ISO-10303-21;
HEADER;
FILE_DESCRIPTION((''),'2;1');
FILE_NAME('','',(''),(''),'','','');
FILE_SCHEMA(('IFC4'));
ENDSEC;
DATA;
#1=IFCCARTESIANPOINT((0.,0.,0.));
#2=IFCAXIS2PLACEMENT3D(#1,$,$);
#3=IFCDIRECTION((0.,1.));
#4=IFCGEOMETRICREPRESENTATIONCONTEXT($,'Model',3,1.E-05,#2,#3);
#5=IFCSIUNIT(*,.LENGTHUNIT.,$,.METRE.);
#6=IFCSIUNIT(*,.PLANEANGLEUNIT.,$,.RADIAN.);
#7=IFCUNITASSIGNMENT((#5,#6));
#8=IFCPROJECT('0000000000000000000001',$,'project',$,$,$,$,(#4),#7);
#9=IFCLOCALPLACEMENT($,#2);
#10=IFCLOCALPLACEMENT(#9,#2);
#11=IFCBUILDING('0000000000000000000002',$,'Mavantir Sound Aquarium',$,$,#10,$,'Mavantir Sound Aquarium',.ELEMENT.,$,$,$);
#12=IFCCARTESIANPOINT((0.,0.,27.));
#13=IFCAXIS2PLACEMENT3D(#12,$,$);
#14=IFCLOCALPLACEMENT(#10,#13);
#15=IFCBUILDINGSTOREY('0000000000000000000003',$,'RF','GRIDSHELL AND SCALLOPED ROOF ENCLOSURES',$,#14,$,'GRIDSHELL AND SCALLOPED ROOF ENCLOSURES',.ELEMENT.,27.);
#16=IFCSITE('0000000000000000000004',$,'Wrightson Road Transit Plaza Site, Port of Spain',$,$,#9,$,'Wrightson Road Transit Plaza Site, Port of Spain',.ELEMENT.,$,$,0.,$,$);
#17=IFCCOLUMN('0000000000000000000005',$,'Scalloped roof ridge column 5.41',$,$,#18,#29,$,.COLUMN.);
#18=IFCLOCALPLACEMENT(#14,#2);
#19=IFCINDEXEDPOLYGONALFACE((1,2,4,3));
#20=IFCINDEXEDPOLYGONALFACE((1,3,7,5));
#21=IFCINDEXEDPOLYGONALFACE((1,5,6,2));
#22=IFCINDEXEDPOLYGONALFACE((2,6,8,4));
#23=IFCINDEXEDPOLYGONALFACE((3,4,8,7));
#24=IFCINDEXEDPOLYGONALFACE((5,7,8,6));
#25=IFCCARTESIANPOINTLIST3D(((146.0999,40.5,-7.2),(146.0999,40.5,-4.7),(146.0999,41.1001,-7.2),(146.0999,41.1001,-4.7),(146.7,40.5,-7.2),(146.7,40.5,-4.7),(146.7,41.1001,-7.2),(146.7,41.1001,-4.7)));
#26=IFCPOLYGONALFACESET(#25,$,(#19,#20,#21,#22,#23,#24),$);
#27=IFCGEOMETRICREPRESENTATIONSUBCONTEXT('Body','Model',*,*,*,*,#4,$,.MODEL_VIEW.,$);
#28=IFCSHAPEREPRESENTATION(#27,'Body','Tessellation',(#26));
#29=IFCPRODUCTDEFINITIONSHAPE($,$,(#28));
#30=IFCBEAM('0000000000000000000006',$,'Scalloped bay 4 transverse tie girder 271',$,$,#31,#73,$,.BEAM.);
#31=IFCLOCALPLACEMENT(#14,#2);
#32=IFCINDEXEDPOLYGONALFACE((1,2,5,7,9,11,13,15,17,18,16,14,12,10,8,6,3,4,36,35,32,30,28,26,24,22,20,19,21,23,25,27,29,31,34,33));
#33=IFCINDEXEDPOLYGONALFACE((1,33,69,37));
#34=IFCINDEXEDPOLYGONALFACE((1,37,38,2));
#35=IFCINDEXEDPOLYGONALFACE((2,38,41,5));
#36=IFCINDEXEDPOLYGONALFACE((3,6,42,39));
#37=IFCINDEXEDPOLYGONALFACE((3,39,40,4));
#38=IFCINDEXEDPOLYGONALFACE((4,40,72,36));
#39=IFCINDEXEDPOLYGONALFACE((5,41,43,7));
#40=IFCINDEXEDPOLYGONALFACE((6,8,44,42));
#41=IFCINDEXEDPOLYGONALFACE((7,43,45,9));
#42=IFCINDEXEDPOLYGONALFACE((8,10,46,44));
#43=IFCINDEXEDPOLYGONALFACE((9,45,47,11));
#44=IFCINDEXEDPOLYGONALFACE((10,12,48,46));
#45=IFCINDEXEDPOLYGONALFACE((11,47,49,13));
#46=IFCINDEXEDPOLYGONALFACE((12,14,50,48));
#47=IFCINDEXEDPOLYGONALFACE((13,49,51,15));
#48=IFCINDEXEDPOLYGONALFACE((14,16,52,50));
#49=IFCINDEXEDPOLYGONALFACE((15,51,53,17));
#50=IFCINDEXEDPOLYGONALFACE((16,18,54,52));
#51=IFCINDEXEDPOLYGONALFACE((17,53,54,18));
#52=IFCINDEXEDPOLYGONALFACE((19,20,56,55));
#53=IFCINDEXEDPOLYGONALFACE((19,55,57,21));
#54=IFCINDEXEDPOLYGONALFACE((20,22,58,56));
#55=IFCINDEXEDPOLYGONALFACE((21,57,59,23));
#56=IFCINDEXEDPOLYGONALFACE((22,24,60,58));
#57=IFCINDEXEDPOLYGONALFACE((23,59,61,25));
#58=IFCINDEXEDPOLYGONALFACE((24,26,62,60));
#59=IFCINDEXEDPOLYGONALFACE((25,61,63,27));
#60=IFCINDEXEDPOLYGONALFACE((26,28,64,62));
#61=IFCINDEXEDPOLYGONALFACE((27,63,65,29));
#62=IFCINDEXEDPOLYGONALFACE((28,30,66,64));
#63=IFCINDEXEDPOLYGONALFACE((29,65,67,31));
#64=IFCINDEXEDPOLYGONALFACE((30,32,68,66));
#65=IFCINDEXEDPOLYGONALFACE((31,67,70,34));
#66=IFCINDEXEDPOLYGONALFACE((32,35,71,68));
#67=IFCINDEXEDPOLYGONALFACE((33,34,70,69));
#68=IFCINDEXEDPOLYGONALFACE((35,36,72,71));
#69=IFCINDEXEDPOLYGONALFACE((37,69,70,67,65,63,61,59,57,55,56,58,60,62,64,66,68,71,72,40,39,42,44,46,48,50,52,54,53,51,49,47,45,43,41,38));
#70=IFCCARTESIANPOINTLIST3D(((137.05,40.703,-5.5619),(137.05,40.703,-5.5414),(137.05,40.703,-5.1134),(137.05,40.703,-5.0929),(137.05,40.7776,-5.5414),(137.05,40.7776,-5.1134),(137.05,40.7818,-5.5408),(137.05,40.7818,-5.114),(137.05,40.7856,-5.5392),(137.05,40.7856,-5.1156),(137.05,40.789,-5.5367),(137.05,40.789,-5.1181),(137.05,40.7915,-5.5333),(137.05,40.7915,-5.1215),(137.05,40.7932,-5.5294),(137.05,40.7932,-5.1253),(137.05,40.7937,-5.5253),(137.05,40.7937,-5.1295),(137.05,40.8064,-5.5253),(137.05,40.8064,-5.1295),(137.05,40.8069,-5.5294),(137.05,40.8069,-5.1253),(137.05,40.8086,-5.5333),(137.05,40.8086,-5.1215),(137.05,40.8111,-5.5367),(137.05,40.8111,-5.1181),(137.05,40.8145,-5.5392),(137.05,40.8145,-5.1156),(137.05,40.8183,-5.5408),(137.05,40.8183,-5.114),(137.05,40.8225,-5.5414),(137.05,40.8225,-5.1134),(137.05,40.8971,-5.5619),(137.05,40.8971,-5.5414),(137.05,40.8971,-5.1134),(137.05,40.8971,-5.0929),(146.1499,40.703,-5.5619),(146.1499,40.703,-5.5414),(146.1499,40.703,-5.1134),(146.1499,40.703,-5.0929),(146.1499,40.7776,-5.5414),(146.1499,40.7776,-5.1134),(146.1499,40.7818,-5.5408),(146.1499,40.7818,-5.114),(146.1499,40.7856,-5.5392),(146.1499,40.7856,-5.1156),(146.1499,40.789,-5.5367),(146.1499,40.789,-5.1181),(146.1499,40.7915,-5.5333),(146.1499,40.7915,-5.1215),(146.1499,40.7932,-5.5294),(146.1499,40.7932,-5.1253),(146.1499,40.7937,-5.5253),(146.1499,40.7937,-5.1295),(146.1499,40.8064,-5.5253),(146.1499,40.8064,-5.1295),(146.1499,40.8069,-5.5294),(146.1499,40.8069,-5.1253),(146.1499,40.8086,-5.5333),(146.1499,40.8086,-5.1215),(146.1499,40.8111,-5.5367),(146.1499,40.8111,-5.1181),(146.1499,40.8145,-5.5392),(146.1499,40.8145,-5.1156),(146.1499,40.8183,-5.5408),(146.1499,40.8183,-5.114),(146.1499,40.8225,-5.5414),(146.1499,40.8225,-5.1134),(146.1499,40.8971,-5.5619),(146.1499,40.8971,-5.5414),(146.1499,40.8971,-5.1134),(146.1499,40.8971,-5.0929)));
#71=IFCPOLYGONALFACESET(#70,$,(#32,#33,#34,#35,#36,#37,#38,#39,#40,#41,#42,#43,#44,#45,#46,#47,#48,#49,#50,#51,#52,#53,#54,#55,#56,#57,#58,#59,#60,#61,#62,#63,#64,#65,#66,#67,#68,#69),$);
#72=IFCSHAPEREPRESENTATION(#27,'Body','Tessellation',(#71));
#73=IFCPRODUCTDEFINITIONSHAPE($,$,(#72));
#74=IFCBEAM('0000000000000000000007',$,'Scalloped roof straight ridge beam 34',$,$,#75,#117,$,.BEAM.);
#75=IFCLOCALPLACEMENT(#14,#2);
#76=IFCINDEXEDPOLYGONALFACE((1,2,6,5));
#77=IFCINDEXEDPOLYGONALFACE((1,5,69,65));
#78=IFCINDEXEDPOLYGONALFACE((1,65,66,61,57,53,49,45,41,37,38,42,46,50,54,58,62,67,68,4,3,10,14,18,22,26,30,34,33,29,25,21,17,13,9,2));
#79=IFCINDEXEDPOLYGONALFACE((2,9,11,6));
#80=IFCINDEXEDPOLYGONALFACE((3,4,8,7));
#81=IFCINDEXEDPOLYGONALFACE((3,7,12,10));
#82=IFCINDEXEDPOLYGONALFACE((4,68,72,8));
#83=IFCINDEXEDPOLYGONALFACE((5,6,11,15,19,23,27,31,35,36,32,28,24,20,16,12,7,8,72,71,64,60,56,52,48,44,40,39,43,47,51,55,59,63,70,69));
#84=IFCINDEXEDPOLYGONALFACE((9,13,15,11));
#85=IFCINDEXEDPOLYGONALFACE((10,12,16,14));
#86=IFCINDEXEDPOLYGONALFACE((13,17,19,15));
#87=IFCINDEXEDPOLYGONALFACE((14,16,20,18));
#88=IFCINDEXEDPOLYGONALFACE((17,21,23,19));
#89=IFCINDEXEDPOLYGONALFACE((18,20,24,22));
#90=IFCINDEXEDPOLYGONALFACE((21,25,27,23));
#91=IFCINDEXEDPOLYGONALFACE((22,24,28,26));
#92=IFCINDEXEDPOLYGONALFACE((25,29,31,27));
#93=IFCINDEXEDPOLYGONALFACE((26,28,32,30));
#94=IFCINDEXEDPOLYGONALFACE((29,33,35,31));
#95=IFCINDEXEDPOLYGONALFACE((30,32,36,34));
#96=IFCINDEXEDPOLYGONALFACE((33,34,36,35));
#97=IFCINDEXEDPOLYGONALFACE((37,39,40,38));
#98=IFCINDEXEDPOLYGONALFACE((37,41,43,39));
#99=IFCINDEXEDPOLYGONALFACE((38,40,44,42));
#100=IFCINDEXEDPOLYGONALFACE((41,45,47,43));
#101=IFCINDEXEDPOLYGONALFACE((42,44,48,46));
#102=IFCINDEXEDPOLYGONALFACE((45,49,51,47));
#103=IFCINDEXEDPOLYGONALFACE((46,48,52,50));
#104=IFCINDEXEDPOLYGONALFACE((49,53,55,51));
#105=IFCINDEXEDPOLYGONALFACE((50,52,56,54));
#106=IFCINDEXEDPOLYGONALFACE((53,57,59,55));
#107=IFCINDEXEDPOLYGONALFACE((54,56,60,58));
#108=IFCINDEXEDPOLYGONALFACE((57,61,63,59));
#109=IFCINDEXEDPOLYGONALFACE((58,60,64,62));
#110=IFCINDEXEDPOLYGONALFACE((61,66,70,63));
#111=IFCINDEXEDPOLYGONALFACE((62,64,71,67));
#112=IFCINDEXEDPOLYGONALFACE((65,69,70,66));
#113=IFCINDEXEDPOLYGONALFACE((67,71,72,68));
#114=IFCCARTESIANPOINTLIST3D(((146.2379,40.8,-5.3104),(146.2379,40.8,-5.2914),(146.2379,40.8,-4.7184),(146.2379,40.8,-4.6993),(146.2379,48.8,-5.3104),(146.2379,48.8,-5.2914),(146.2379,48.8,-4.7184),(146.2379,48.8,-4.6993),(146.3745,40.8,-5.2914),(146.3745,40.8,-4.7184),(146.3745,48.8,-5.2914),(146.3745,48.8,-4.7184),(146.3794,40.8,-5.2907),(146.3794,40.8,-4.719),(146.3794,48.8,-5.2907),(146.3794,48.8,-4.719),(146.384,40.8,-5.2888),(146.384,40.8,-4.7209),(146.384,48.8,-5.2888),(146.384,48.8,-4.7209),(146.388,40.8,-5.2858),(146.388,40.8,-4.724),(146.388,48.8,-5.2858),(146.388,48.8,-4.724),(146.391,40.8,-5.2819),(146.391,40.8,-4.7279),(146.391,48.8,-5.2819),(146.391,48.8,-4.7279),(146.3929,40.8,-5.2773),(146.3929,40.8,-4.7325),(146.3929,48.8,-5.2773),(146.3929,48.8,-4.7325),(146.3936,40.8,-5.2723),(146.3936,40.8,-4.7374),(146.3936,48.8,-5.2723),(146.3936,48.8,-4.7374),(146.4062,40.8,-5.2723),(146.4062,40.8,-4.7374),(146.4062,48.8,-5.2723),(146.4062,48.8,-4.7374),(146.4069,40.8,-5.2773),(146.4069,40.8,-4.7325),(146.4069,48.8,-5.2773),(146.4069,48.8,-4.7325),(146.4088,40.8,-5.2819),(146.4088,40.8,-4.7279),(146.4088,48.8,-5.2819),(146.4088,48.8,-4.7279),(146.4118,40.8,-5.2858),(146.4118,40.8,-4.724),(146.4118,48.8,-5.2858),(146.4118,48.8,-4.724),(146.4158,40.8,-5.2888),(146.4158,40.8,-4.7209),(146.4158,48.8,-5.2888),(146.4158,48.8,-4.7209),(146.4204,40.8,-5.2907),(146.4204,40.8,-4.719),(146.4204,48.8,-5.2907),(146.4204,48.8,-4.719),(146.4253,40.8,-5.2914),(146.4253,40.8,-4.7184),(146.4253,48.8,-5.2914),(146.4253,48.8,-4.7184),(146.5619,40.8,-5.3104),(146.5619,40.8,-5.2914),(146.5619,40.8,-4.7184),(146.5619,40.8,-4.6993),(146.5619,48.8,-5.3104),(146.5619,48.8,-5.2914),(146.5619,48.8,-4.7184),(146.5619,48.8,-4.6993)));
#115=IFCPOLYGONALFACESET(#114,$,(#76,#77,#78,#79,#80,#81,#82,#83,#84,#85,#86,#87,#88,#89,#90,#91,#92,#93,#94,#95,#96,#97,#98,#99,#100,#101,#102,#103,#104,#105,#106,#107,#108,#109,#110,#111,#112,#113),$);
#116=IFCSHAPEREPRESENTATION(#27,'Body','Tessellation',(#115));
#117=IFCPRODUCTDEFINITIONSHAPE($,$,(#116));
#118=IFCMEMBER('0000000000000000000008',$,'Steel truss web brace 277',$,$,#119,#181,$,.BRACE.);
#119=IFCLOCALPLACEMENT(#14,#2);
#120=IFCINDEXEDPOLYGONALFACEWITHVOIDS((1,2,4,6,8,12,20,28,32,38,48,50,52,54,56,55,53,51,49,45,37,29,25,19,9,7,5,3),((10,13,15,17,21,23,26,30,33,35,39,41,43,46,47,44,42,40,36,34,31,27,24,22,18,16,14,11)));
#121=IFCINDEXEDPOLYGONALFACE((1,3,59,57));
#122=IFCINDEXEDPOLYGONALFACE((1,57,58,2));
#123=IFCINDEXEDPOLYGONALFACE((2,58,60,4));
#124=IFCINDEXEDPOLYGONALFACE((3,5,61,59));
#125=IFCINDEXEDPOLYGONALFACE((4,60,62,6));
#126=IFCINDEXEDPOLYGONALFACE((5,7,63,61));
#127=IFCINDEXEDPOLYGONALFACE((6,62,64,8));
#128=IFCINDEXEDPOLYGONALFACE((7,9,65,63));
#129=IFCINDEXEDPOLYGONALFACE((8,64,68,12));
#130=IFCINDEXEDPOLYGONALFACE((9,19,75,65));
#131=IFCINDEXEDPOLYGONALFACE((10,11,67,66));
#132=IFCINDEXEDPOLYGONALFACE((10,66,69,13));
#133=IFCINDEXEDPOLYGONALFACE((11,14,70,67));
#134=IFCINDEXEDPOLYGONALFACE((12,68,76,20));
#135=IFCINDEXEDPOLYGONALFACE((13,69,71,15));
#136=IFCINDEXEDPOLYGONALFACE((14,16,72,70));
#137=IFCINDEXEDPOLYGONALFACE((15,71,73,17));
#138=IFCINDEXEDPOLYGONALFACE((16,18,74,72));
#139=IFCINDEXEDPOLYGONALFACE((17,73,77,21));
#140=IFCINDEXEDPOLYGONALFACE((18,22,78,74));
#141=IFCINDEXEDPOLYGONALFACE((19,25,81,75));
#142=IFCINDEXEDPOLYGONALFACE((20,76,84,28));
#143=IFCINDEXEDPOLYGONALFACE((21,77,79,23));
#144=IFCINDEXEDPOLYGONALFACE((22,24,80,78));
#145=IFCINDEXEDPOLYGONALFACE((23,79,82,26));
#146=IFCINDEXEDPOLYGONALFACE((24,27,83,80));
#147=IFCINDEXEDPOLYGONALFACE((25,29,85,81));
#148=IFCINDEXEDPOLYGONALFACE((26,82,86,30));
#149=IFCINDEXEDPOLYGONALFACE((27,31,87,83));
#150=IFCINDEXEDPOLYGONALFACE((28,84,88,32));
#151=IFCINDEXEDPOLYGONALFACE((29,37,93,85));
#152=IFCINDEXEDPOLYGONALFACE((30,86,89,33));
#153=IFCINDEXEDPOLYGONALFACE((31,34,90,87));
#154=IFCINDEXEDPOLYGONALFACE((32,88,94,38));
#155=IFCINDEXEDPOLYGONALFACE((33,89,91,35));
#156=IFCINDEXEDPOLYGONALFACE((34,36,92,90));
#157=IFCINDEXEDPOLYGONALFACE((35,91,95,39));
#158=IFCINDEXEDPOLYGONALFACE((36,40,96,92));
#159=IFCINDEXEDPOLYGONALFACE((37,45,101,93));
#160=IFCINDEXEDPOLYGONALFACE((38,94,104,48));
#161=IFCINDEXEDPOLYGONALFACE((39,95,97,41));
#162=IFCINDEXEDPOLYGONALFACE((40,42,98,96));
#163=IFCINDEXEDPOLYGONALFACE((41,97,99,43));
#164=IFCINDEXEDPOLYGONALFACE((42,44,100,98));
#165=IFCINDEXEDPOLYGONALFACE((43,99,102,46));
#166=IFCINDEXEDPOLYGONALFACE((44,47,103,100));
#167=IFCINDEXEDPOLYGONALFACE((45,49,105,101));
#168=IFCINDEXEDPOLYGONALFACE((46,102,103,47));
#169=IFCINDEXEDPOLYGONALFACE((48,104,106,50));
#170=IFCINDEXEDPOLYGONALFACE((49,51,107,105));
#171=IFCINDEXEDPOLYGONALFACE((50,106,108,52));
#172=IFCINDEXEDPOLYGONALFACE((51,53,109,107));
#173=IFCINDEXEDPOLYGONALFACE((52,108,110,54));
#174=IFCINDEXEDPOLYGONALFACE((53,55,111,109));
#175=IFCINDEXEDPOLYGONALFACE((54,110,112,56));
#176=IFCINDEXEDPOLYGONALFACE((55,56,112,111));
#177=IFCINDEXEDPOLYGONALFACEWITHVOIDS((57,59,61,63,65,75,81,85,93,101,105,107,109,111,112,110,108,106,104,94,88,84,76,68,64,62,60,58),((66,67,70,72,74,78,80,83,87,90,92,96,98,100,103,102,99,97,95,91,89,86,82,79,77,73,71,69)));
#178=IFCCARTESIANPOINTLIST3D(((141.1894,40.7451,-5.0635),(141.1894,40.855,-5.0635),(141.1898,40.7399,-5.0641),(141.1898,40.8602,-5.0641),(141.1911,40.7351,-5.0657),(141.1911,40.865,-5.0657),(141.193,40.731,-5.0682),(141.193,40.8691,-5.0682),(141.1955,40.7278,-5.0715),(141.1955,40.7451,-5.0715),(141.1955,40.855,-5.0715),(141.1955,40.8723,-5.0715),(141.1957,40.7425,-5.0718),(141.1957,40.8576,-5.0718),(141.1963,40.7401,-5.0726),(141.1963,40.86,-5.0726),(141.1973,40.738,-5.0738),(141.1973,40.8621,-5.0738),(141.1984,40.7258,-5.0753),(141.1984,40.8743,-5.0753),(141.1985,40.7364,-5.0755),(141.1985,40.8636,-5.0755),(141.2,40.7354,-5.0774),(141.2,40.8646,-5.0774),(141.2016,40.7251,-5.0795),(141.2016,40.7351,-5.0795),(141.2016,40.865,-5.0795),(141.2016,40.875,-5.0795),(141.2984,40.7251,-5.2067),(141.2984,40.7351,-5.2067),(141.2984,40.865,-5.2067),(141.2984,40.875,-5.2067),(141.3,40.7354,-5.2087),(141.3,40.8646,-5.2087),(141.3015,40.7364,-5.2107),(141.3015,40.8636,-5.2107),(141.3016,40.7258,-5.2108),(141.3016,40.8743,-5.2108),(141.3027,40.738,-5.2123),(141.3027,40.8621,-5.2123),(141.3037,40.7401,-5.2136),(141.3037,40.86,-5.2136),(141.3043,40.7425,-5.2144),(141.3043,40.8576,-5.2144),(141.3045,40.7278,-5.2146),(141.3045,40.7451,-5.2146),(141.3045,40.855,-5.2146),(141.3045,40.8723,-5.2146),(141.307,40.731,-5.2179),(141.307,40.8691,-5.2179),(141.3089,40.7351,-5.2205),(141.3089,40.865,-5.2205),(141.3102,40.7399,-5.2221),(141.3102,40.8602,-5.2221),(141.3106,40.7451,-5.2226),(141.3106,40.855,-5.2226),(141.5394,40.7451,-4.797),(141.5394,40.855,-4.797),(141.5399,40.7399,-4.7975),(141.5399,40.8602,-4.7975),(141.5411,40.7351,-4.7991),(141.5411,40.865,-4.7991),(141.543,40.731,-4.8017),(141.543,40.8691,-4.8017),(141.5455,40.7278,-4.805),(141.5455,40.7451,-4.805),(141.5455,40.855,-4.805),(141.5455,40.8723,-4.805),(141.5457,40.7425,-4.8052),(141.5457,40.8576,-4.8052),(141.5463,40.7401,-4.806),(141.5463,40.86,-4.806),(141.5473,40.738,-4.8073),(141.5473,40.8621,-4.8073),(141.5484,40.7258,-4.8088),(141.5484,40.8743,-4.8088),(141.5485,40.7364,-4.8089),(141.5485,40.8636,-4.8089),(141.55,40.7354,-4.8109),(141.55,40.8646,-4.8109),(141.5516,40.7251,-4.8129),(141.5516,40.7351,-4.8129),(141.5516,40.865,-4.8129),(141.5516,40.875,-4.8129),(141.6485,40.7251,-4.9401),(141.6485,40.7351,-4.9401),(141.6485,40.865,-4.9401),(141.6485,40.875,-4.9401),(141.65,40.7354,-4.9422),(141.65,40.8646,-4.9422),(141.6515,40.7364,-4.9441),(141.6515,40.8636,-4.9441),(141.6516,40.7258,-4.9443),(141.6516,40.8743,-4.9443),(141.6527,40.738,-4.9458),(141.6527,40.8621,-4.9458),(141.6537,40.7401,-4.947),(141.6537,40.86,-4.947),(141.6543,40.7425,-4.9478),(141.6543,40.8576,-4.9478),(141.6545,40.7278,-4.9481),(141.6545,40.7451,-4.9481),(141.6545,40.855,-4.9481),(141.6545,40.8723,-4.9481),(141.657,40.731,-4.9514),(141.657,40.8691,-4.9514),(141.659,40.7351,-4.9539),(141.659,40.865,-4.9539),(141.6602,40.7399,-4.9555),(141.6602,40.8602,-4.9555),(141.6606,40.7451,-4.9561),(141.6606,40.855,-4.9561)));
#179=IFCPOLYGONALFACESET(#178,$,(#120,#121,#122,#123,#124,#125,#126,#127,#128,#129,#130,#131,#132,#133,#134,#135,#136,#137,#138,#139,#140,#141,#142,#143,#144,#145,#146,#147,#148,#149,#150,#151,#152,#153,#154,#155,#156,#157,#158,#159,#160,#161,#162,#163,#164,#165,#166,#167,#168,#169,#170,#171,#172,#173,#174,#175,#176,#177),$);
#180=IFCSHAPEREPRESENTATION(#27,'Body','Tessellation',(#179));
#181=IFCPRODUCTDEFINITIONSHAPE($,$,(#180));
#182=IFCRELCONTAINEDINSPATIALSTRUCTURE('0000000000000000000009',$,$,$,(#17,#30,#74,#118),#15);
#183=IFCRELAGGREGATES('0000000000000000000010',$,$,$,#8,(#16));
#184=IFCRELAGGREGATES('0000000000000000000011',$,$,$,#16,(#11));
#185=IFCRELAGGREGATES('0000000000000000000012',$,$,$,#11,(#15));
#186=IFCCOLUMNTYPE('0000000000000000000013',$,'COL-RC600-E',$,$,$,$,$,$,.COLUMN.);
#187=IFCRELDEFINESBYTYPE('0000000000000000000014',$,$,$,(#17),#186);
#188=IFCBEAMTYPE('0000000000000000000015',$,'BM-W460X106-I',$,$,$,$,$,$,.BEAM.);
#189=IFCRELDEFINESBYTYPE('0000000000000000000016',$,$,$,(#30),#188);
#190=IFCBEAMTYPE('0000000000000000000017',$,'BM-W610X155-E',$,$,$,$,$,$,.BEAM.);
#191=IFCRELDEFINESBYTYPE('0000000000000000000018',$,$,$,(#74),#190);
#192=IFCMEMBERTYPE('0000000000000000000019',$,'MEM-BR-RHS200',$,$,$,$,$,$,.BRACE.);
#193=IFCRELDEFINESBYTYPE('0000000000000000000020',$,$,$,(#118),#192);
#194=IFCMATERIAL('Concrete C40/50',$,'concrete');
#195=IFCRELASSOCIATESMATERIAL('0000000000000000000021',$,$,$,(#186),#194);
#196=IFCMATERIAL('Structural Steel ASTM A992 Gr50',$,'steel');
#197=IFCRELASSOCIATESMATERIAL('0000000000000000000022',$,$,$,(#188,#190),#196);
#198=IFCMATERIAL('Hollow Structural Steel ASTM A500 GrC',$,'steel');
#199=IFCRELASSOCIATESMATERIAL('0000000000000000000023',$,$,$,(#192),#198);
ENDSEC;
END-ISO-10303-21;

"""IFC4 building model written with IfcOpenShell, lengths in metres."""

from ifc_helpers import new_model, si_unit, direction, frame, origin, origin_2d, place, context, subcontext, project, spatial, rectangle, hollow_rectangle, i_section, extrude, material, material_profile, profile_set, type_object, element, save


model = new_model("IFC4")

# Units and contexts
model_context = context("Model", 3, precision=1e-05, world=origin(), true_north=direction((0.0, 1.0)))
body_context = subcontext(model_context, "Body", "Model", "MODEL_VIEW")
ifc_project = project(units=[si_unit("LENGTHUNIT", "METRE"), si_unit("PLANEANGLEUNIT", "RADIAN")], contexts=[model_context])

# Site, building, storey
site_placement = place(None, origin())
site = spatial("IfcSite", under=ifc_project, at=site_placement, Name="Wrightson Road Transit Plaza Site, Port of Spain", LongName="Wrightson Road Transit Plaza Site, Port of Spain", CompositionType="ELEMENT", RefElevation=0.0)
building_placement = place(site_placement, origin())
building = spatial("IfcBuilding", under=site, at=building_placement, Name="Mavantir Sound Aquarium", LongName="Mavantir Sound Aquarium", CompositionType="ELEMENT")
storey_placement = place(building_placement, frame((0.0, 0.0, 27.0)))
storey = spatial("IfcBuildingStorey", under=building, at=storey_placement, Name="RF", Description="GRIDSHELL AND SCALLOPED ROOF ENCLOSURES", LongName="GRIDSHELL AND SCALLOPED ROOF ENCLOSURES", CompositionType="ELEMENT", Elevation=27.0)

# Column
ifc_material_1 = material(Name="Concrete C40/50", Category="concrete")
ifc_material_profile_1 = material_profile(ifc_material_1, rectangle(XDim=0.6001, YDim=0.6001, at=origin_2d()), Name="RC 600X600")
ifc_profile_set_1 = profile_set([ifc_material_profile_1], Name="Concrete C40/50")
column_type = type_object("IfcColumnType", Name="COL-RC600-E", PredefinedType="COLUMN", material=ifc_profile_set_1)
column_placement = place(storey_placement, frame((146.3999, 40.8, -7.2), z_axis=(0.0, 0.0, 1.0), x_axis=(1.0, 0.0, 0.0)))
element("IfcColumn", 1, at=column_placement, inside=storey, type_object=column_type, Name="Scalloped roof ridge column 5.41", PredefinedType="COLUMN", context=body_context, shape_type="SweptSolid", body=[
    extrude(rectangle(XDim=0.6001, YDim=0.6001, at=origin_2d()), origin(), (0.0, 0.0, 1.0), 2.5),
])

# Beams
ifc_material_2 = material(Name="Structural Steel ASTM A992 Gr50", Category="steel")
ifc_material_profile_2 = material_profile(ifc_material_2, i_section(OverallWidth=0.1941, OverallDepth=0.469, WebThickness=0.0127, FlangeThickness=0.0205, FilletRadius=0.0161, at=origin_2d()), Name="W460X106")
ifc_profile_set_2 = profile_set([ifc_material_profile_2], Name="Structural Steel ASTM A992 Gr50")
beam_type_1 = type_object("IfcBeamType", Name="BM-W460X106-I", PredefinedType="BEAM", material=ifc_profile_set_2)
beam_1_placement = place(storey_placement, frame((137.05, 40.8, -5.3274), z_axis=(1.0, 0.0, 0.0), x_axis=(0.0, 1.0, 0.0)))
element("IfcBeam", 2, at=beam_1_placement, inside=storey, type_object=beam_type_1, Name="Scalloped bay 4 transverse tie girder 271", PredefinedType="BEAM", context=body_context, shape_type="SweptSolid", body=[
    extrude(i_section(OverallWidth=0.1941, OverallDepth=0.469, WebThickness=0.0127, FlangeThickness=0.0205, FilletRadius=0.0161, at=origin_2d()), origin(), (0.0, 0.0, 1.0), 9.0999),
])
ifc_material_profile_3 = material_profile(ifc_material_2, i_section(OverallWidth=0.324, OverallDepth=0.6111, WebThickness=0.0127, FlangeThickness=0.019, FilletRadius=0.019, at=origin_2d()), Name="W610X155")
ifc_profile_set_3 = profile_set([ifc_material_profile_3], Name="Structural Steel ASTM A992 Gr50")
beam_type_2 = type_object("IfcBeamType", Name="BM-W610X155-E", PredefinedType="BEAM", material=ifc_profile_set_3)
beam_2_placement = place(storey_placement, frame((146.3999, 40.8, -5.0049), z_axis=(0.0, 1.0, 0.0), x_axis=(-1.0, 0.0, 0.0)))
element("IfcBeam", 3, at=beam_2_placement, inside=storey, type_object=beam_type_2, Name="Scalloped roof straight ridge beam 34", PredefinedType="BEAM", context=body_context, shape_type="SweptSolid", body=[
    extrude(i_section(OverallWidth=0.324, OverallDepth=0.6111, WebThickness=0.0127, FlangeThickness=0.019, FilletRadius=0.019, at=origin_2d()), origin(), (0.0, 0.0, 1.0), 8.0),
])

# Member
ifc_material_3 = material(Name="Hollow Structural Steel ASTM A500 GrC", Category="steel")
ifc_material_profile_4 = material_profile(ifc_material_3, hollow_rectangle(XDim=0.1499, YDim=0.2, WallThickness=0.01, InnerFilletRadius=0.01, OuterFilletRadius=0.02, at=origin_2d()), Name="RHS 200X150X10")
ifc_profile_set_4 = profile_set([ifc_material_profile_4], Name="Hollow Structural Steel ASTM A500 GrC")
member_type_1 = type_object("IfcMemberType", Name="MEM-BR-RHS200", PredefinedType="BRACE", material=ifc_profile_set_4)
member_1_placement = place(storey_placement, frame((141.25, 40.8, -5.1431), z_axis=(0.795585, 0.0, 0.605843), x_axis=(0.0, 1.0, 0.0)))
element("IfcMember", 4, at=member_1_placement, inside=storey, type_object=member_type_1, Name="Steel truss web brace 277", PredefinedType="BRACE", context=body_context, shape_type="SweptSolid", body=[
    extrude(hollow_rectangle(XDim=0.1499, YDim=0.2, WallThickness=0.01, InnerFilletRadius=0.01, OuterFilletRadius=0.02, at=origin_2d()), origin(), (0.0, 0.0, 1.0), 0.4399),
])

save(model, "model.ifc")
